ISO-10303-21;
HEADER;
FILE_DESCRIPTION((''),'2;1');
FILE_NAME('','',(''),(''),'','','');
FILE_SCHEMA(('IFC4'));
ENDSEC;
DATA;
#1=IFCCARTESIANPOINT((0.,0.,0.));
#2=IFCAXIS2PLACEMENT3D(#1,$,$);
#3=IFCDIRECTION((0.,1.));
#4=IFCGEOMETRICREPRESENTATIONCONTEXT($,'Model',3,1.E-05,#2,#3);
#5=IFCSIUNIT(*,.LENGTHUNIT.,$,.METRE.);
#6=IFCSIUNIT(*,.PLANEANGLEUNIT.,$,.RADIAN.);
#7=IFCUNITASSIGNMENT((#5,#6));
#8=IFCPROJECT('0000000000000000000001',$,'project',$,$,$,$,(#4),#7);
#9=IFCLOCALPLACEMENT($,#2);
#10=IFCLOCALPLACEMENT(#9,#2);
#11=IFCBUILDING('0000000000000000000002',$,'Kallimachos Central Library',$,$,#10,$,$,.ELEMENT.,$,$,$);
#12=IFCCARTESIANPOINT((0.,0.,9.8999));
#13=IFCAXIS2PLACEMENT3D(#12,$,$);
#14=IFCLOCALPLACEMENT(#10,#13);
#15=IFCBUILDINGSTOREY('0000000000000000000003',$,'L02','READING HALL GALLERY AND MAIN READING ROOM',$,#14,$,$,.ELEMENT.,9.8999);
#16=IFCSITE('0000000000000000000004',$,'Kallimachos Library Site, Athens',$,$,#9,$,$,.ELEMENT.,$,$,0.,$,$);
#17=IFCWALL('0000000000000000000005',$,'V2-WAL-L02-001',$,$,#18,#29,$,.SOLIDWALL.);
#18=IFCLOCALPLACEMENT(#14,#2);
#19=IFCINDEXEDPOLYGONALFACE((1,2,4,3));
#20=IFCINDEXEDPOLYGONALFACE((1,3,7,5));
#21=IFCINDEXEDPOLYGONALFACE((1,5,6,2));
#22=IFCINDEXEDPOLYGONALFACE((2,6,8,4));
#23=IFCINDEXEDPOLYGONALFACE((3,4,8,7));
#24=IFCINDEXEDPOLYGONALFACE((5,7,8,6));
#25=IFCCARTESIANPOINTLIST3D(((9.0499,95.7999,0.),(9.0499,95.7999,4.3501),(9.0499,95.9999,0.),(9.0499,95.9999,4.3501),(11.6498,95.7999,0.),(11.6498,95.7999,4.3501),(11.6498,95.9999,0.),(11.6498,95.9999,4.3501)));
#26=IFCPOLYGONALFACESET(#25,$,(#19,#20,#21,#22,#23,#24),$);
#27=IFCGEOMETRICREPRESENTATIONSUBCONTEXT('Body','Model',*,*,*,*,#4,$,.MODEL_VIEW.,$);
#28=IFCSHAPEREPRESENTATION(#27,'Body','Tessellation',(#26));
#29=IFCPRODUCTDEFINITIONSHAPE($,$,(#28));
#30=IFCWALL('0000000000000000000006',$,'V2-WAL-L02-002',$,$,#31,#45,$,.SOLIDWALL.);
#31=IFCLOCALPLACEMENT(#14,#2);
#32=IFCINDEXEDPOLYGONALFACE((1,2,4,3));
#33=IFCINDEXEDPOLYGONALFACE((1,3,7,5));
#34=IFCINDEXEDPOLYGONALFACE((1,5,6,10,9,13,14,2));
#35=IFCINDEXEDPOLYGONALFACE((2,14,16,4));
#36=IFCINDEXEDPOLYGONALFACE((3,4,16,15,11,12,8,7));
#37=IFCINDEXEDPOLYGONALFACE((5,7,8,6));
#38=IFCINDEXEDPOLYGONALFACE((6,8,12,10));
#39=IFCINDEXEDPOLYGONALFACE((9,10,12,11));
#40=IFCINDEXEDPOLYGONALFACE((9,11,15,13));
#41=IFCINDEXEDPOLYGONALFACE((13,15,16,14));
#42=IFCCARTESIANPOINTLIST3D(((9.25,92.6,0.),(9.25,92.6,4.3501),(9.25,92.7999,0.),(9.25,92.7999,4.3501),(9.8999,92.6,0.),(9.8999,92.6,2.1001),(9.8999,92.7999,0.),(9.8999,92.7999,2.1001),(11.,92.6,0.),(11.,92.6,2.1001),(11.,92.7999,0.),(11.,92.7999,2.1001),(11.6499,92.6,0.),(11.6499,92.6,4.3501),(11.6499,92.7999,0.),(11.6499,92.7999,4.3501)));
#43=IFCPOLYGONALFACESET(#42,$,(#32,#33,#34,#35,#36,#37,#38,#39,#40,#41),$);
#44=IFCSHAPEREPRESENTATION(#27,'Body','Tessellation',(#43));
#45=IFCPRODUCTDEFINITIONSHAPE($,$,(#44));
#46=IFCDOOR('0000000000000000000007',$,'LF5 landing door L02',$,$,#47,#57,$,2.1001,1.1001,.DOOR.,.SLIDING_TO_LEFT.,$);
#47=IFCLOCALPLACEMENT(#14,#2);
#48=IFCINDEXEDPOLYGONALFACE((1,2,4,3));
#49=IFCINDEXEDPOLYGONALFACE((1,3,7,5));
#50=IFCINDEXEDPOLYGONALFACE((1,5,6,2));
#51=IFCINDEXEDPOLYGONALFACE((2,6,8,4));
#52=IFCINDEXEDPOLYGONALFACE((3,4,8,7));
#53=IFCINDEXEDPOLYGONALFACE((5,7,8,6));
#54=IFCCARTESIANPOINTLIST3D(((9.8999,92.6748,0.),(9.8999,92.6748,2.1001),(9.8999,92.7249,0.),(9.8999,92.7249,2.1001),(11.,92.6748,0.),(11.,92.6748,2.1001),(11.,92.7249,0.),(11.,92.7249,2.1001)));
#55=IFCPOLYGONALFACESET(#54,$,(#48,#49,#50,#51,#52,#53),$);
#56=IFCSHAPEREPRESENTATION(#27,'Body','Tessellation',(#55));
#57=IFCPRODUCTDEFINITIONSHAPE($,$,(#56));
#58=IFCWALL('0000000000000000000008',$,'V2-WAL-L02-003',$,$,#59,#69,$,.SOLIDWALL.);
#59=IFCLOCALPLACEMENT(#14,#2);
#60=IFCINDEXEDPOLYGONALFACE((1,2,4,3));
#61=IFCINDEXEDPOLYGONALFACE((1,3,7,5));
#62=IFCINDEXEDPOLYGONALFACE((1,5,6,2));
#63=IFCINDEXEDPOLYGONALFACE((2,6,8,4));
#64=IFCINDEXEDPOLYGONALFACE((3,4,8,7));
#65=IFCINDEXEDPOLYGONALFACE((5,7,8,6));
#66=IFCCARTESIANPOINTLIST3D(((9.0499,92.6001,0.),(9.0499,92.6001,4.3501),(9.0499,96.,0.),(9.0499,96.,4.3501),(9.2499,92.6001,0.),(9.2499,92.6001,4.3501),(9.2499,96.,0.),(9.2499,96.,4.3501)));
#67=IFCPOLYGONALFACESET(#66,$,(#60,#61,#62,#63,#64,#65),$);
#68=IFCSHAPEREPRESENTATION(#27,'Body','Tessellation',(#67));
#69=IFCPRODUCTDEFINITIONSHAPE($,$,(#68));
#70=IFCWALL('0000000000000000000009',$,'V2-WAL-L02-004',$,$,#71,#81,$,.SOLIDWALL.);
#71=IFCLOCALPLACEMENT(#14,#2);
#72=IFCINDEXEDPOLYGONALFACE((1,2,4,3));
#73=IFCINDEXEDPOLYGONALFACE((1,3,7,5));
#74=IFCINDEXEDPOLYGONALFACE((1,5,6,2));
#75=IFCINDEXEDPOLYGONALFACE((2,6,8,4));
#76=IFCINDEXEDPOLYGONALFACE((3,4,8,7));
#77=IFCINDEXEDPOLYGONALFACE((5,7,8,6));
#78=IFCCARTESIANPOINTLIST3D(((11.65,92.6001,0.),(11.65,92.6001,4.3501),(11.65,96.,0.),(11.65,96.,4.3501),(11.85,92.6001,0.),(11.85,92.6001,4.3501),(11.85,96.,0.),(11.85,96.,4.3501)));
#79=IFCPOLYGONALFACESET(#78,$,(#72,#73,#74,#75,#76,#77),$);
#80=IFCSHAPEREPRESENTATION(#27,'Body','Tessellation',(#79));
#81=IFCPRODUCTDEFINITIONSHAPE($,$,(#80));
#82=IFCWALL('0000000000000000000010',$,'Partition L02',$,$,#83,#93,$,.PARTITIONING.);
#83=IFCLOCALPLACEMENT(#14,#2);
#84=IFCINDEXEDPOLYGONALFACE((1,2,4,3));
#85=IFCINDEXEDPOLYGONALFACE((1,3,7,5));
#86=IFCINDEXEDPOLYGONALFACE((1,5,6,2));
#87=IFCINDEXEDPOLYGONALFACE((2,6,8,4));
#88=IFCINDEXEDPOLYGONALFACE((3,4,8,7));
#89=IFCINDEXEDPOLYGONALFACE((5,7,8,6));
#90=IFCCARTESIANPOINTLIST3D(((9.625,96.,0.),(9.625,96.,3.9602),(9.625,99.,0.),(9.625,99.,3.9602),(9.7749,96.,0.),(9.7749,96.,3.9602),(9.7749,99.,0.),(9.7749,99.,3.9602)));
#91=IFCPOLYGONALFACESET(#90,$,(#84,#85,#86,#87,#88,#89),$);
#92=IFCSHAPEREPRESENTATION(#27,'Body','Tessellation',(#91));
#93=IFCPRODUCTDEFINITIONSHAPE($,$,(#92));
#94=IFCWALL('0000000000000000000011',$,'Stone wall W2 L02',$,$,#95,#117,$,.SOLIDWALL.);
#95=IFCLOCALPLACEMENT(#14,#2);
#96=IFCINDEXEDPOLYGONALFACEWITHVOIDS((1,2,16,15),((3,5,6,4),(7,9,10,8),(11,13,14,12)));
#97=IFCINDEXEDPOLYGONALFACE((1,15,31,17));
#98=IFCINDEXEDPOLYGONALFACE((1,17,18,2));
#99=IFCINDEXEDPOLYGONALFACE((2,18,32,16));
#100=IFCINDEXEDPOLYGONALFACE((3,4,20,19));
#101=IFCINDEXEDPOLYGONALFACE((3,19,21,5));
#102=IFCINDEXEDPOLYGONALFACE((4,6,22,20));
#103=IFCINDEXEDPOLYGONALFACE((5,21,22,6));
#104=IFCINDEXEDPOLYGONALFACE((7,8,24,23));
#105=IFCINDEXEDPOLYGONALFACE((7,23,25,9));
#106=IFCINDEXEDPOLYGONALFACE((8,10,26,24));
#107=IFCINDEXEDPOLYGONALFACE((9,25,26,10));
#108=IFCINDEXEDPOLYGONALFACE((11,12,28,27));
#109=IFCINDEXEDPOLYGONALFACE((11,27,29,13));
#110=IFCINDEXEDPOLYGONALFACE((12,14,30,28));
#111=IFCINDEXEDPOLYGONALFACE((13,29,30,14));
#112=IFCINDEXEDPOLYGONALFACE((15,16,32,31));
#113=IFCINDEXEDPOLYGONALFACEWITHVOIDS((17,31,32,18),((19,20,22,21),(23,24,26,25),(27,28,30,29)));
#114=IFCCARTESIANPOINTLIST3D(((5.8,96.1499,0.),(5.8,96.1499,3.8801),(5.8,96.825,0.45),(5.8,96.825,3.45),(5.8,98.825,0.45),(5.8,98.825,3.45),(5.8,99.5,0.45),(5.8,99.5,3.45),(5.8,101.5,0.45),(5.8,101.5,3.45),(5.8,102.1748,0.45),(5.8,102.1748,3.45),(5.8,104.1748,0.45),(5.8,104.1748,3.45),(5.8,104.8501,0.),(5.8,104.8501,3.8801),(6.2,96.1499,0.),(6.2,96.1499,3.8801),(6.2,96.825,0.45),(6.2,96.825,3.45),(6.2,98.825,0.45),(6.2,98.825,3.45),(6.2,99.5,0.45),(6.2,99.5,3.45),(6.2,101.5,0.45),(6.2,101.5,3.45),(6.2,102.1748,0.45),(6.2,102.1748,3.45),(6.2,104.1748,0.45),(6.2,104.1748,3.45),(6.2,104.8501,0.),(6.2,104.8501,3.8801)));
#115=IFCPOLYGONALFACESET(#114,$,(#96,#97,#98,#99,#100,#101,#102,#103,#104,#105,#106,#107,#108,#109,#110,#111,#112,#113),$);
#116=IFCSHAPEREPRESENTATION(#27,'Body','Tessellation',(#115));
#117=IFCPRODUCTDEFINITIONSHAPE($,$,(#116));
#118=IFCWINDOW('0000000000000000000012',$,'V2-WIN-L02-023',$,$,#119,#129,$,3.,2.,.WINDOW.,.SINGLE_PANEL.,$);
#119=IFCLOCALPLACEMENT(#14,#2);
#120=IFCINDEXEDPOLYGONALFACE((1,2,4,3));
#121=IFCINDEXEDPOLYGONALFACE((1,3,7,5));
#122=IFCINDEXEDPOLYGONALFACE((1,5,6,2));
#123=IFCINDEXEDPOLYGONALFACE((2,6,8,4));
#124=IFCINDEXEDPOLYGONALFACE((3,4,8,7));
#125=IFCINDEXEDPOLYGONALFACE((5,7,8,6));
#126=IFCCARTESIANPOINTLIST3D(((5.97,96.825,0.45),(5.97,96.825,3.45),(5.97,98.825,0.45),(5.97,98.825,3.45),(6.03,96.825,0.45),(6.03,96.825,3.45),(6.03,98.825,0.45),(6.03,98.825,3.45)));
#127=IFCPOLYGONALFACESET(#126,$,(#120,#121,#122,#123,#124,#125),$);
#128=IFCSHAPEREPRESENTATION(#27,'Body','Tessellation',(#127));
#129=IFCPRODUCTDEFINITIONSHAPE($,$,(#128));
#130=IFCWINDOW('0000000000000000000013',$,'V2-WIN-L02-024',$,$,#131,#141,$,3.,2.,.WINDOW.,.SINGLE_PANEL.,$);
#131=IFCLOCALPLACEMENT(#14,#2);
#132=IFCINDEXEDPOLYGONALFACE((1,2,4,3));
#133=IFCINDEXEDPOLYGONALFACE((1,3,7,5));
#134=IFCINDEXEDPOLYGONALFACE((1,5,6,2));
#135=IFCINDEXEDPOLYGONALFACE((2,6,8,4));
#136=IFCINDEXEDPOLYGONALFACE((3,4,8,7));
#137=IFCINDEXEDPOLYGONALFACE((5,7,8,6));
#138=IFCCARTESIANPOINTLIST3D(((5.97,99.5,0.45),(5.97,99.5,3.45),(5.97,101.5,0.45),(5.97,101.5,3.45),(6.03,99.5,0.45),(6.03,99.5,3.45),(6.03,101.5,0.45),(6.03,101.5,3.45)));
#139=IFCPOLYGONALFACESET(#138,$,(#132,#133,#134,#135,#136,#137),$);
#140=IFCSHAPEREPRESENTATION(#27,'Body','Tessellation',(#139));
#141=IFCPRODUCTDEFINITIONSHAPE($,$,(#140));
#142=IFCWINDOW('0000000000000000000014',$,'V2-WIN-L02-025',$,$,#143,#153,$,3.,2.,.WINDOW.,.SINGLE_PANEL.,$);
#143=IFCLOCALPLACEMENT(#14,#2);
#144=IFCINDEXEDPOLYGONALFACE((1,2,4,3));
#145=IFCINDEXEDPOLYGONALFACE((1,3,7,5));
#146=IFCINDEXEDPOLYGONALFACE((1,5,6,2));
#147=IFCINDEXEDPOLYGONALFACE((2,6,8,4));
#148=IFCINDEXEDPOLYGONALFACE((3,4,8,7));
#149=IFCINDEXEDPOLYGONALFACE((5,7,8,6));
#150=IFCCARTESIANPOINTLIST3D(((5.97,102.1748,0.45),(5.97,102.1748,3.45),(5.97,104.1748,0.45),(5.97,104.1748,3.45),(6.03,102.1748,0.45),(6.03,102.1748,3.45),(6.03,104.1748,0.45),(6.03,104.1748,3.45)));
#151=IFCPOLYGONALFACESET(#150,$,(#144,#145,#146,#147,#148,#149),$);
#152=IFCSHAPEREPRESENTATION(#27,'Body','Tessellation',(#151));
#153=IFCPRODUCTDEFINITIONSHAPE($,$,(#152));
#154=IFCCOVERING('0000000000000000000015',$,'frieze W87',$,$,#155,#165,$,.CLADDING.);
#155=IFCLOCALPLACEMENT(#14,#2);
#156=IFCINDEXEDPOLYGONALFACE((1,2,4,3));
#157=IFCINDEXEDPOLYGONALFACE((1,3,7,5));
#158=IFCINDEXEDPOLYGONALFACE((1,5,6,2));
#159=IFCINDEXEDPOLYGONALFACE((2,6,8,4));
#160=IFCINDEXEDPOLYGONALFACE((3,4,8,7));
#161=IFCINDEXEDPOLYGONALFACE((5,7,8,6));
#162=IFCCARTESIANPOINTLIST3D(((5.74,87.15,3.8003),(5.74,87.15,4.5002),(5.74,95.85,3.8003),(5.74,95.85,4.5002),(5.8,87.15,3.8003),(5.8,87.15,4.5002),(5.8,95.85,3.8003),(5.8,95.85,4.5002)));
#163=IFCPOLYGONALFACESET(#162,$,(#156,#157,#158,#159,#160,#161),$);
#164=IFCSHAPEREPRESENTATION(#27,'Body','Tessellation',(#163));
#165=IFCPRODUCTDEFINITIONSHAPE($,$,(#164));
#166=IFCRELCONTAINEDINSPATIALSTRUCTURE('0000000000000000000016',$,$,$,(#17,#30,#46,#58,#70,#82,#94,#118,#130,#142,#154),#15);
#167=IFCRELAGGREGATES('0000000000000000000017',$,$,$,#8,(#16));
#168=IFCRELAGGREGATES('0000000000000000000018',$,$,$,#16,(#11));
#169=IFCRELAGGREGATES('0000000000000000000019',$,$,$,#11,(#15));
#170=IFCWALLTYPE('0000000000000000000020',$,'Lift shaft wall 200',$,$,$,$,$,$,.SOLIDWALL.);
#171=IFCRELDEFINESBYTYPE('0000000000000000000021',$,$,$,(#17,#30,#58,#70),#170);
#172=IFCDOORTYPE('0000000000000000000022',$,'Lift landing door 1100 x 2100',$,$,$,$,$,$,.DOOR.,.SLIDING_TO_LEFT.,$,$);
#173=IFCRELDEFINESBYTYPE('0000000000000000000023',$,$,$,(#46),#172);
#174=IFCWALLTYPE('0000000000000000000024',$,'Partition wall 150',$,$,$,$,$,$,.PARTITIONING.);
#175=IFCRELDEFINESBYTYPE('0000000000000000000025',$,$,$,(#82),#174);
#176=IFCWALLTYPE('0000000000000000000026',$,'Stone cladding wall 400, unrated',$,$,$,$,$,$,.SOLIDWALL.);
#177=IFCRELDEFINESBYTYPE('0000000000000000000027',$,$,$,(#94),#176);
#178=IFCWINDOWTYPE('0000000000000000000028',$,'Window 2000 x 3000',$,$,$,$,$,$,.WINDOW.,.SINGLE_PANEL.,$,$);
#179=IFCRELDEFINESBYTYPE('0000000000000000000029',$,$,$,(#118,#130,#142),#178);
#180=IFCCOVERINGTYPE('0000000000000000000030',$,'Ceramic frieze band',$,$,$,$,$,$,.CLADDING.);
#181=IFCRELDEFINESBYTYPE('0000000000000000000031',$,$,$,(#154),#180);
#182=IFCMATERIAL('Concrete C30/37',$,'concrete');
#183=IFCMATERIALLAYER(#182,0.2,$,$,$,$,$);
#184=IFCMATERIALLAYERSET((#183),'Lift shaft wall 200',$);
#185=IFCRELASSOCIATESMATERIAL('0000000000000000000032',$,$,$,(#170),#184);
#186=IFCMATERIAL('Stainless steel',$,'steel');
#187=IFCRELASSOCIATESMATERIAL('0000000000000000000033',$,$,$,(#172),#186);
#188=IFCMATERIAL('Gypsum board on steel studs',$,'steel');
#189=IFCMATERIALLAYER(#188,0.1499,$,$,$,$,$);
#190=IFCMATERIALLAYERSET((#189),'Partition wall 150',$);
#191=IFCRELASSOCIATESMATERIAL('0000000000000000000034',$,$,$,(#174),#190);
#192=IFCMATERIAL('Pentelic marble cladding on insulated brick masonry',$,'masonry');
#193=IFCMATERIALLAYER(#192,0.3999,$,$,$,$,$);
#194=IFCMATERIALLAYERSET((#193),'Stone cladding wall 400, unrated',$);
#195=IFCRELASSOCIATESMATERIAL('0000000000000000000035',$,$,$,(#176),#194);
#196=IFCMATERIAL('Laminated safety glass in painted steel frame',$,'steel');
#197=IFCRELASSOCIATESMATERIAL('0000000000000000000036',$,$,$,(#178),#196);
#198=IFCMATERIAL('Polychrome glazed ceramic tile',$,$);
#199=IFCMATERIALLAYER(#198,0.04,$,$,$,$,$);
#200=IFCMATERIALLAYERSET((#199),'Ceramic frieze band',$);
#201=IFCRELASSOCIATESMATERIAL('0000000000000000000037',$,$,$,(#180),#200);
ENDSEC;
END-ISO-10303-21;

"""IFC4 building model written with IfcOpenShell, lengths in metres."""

from ifc_helpers import new_model, si_unit, direction, frame, frame_2d, origin, origin_2d, place, context, subcontext, project, spatial, rectangle, extrude, material, layer, layer_set, type_object, element, fill, save


model = new_model("IFC4")

# Units and contexts
model_context = context("Model", 3, precision=1e-05, world=origin(), true_north=direction((0.0, 1.0)))
body_context = subcontext(model_context, "Body", "Model", "MODEL_VIEW")
ifc_project = project(units=[si_unit("LENGTHUNIT", "METRE"), si_unit("PLANEANGLEUNIT", "RADIAN")], contexts=[model_context])

# Site, building, storey
site_placement = place(None, origin())
site = spatial("IfcSite", under=ifc_project, at=site_placement, Name="Kallimachos Library Site, Athens", CompositionType="ELEMENT", RefElevation=0.0)
building_placement = place(site_placement, origin())
building = spatial("IfcBuilding", under=site, at=building_placement, Name="Kallimachos Central Library", CompositionType="ELEMENT")
storey_placement = place(building_placement, frame((0.0, 0.0, 9.8999)))
storey = spatial("IfcBuildingStorey", under=building, at=storey_placement, Name="L02", Description="READING HALL GALLERY AND MAIN READING ROOM", CompositionType="ELEMENT", Elevation=9.8999)

# Wall
ifc_material_1 = material(Name="Concrete C30/37", Category="concrete")
ifc_layer_1 = layer(ifc_material_1, 0.2)
ifc_layer_set_1 = layer_set([ifc_layer_1], Name="Lift shaft wall 200")
wall_type_1 = type_object("IfcWallType", Name="Lift shaft wall 200", PredefinedType="SOLIDWALL", material=ifc_layer_set_1)
wall_1_placement = place(storey_placement, frame((9.05, 95.8999, 0.0), z_axis=(0.0, 0.0, 1.0), x_axis=(1.0, 0.0, 0.0)))
element("IfcWall", 1, at=wall_1_placement, inside=storey, type_object=wall_type_1, Name="V2-WAL-L02-001", PredefinedType="SOLIDWALL", context=body_context, shape_type="SweptSolid", body=[
    extrude(rectangle(XDim=2.5999, YDim=0.2, at=frame_2d((1.2998, 0.0))), origin(), (0.0, 0.0, 1.0), 4.3501),
])

# Wall, opening, door
wall_2_placement = place(storey_placement, frame((9.25, 92.7, 0.0), z_axis=(0.0, 0.0, 1.0), x_axis=(1.0, 0.0, 0.0)))
wall_2 = element("IfcWall", 2, at=wall_2_placement, inside=storey, type_object=wall_type_1, Name="V2-WAL-L02-002", PredefinedType="SOLIDWALL", context=body_context, shape_type="SweptSolid", body=[
    extrude(rectangle(XDim=2.3999, YDim=0.2, at=frame_2d((1.2, 0.0))), origin(), (0.0, 0.0, 1.0), 4.3501),
])
opening_1_placement = place(wall_2_placement, frame((0.6499, 0.0, 0.0)))
opening_1 = element("IfcOpeningElement", 3, at=opening_1_placement, cuts=wall_2, PredefinedType="OPENING", context=body_context, shape_type="SweptSolid", body=[
    extrude(rectangle(XDim=1.1001, YDim=2.1001, at=frame_2d((0.55, 1.05))), frame((0.0, 0.1099, 0.0), z_axis=(0.0, -1.0, 0.0), x_axis=(1.0, 0.0, 0.0)), (0.0, 0.0, 1.0), 0.22),
])
ifc_material_2 = material(Name="Stainless steel", Category="steel")
door_type_1 = type_object("IfcDoorType", Name="Lift landing door 1100 x 2100", OperationType="SLIDING_TO_LEFT", PredefinedType="DOOR", material=ifc_material_2)
door_1_placement = place(opening_1_placement, origin())
door_1 = element("IfcDoor", 4, at=door_1_placement, inside=storey, type_object=door_type_1, Name="LF5 landing door L02", OperationType="SLIDING_TO_LEFT", OverallHeight=2.1001, OverallWidth=1.1001, PredefinedType="DOOR", context=body_context, shape_type="SweptSolid", body=[
    extrude(rectangle(XDim=1.1001, YDim=2.1001, at=frame_2d((0.55, 1.05))), frame((0.0, 0.0249, 0.0), z_axis=(0.0, -1.0, 0.0), x_axis=(1.0, 0.0, 0.0)), (0.0, 0.0, 1.0), 0.05),
])
fill(opening_1, door_1)

# Walls
for number, where, z_axis, x_axis, name in (
    (5, (9.1499, 92.6001, 0.0), (0.0, 0.0, 1.0), (0.0, 1.0, 0.0), "V2-WAL-L02-003"),
    (6, (11.75, 92.6001, 0.0), (0.0, 0.0, 1.0), (0.0, 1.0, 0.0), "V2-WAL-L02-004"),
):
    element("IfcWall", number, at=place(storey_placement, frame(where, z_axis=z_axis, x_axis=x_axis)), inside=storey, type_object=wall_type_1, Name=name, PredefinedType="SOLIDWALL", context=body_context, shape_type="SweptSolid", body=[
        extrude(rectangle(XDim=3.3999, YDim=0.2, at=frame_2d((1.7, 0.0))), origin(), (0.0, 0.0, 1.0), 4.3501),
    ])
ifc_material_3 = material(Name="Gypsum board on steel studs", Category="steel")
ifc_layer_2 = layer(ifc_material_3, 0.1499)
ifc_layer_set_2 = layer_set([ifc_layer_2], Name="Partition wall 150")
wall_type_2 = type_object("IfcWallType", Name="Partition wall 150", PredefinedType="PARTITIONING", material=ifc_layer_set_2)
wall_3_placement = place(storey_placement, frame((9.7, 96.0, 0.0), z_axis=(0.0, 0.0, 1.0), x_axis=(0.0, 1.0, 0.0)))
element("IfcWall", 7, at=wall_3_placement, inside=storey, type_object=wall_type_2, Name="Partition L02", PredefinedType="PARTITIONING", context=body_context, shape_type="SweptSolid", body=[
    extrude(rectangle(XDim=3.0, YDim=0.1499, at=frame_2d((1.5, 0.0))), origin(), (0.0, 0.0, 1.0), 3.9602),
])

# Wall, openings, windows
ifc_material_4 = material(Name="Pentelic marble cladding on insulated brick masonry", Category="masonry")
ifc_layer_3 = layer(ifc_material_4, 0.3999)
ifc_layer_set_3 = layer_set([ifc_layer_3], Name="Stone cladding wall 400, unrated")
wall_type_3 = type_object("IfcWallType", Name="Stone cladding wall 400, unrated", PredefinedType="SOLIDWALL", material=ifc_layer_set_3)
wall_4_placement = place(storey_placement, frame((6.0, 96.1499, 0.0), z_axis=(0.0, 0.0, 1.0), x_axis=(0.0, 1.0, 0.0)))
wall_4 = element("IfcWall", 8, at=wall_4_placement, inside=storey, type_object=wall_type_3, Name="Stone wall W2 L02", PredefinedType="SOLIDWALL", context=body_context, shape_type="SweptSolid", body=[
    extrude(rectangle(XDim=8.7002, YDim=0.3999, at=frame_2d((4.3501, 0.0))), origin(), (0.0, 0.0, 1.0), 3.8801),
])
opening_2_placement = place(wall_4_placement, frame((0.675, 0.0, 0.45)))
opening_2 = element("IfcOpeningElement", 9, at=opening_2_placement, cuts=wall_4, PredefinedType="OPENING", context=body_context, shape_type="SweptSolid", body=[
    extrude(rectangle(XDim=2.0, YDim=3.0, at=frame_2d((1.0, 1.5))), frame((0.0, 0.21, 0.0), z_axis=(0.0, -1.0, 0.0), x_axis=(1.0, 0.0, 0.0)), (0.0, 0.0, 1.0), 0.4199),
])
opening_3_placement = place(wall_4_placement, frame((3.3501, 0.0, 0.45)))
opening_3 = element("IfcOpeningElement", 10, at=opening_3_placement, cuts=wall_4, PredefinedType="OPENING", context=body_context, shape_type="SweptSolid", body=[
    extrude(rectangle(XDim=2.0, YDim=3.0, at=frame_2d((1.0, 1.5))), frame((0.0, 0.21, 0.0), z_axis=(0.0, -1.0, 0.0), x_axis=(1.0, 0.0, 0.0)), (0.0, 0.0, 1.0), 0.4199),
])
opening_4_placement = place(wall_4_placement, frame((6.0249, 0.0, 0.45)))
opening_4 = element("IfcOpeningElement", 11, at=opening_4_placement, cuts=wall_4, PredefinedType="OPENING", context=body_context, shape_type="SweptSolid", body=[
    extrude(rectangle(XDim=2.0, YDim=3.0, at=frame_2d((1.0, 1.5))), frame((0.0, 0.21, 0.0), z_axis=(0.0, -1.0, 0.0), x_axis=(1.0, 0.0, 0.0)), (0.0, 0.0, 1.0), 0.4199),
])
ifc_material_5 = material(Name="Laminated safety glass in painted steel frame", Category="steel")
window_type = type_object("IfcWindowType", Name="Window 2000 x 3000", PartitioningType="SINGLE_PANEL", PredefinedType="WINDOW", material=ifc_material_5)
window_1_placement = place(opening_2_placement, origin())
window_1 = element("IfcWindow", 12, at=window_1_placement, inside=storey, type_object=window_type, Name="V2-WIN-L02-023", OverallHeight=3.0, OverallWidth=2.0, PartitioningType="SINGLE_PANEL", PredefinedType="WINDOW", context=body_context, shape_type="SweptSolid", body=[
    extrude(rectangle(XDim=2.0, YDim=3.0, at=frame_2d((1.0, 1.5))), frame((0.0, 0.03, 0.0), z_axis=(0.0, -1.0, 0.0), x_axis=(1.0, 0.0, 0.0)), (0.0, 0.0, 1.0), 0.0601),
])
fill(opening_2, window_1)
window_2_placement = place(opening_3_placement, origin())
window_2 = element("IfcWindow", 13, at=window_2_placement, inside=storey, type_object=window_type, Name="V2-WIN-L02-024", OverallHeight=3.0, OverallWidth=2.0, PartitioningType="SINGLE_PANEL", PredefinedType="WINDOW", context=body_context, shape_type="SweptSolid", body=[
    extrude(rectangle(XDim=2.0, YDim=3.0, at=frame_2d((1.0, 1.5))), frame((0.0, 0.03, 0.0), z_axis=(0.0, -1.0, 0.0), x_axis=(1.0, 0.0, 0.0)), (0.0, 0.0, 1.0), 0.0601),
])
fill(opening_3, window_2)
window_3_placement = place(opening_4_placement, origin())
window_3 = element("IfcWindow", 14, at=window_3_placement, inside=storey, type_object=window_type, Name="V2-WIN-L02-025", OverallHeight=3.0, OverallWidth=2.0, PartitioningType="SINGLE_PANEL", PredefinedType="WINDOW", context=body_context, shape_type="SweptSolid", body=[
    extrude(rectangle(XDim=2.0, YDim=3.0, at=frame_2d((1.0, 1.5))), frame((0.0, 0.03, 0.0), z_axis=(0.0, -1.0, 0.0), x_axis=(1.0, 0.0, 0.0)), (0.0, 0.0, 1.0), 0.0601),
])
fill(opening_4, window_3)

# Covering
ifc_material_6 = material(Name="Polychrome glazed ceramic tile")
ifc_layer_4 = layer(ifc_material_6, 0.04)
ifc_layer_set_4 = layer_set([ifc_layer_4], Name="Ceramic frieze band")
covering_type_1 = type_object("IfcCoveringType", Name="Ceramic frieze band", PredefinedType="CLADDING", material=ifc_layer_set_4)
covering_1_placement = place(storey_placement, frame((5.77, 91.5, 3.8003), z_axis=(0.0, 0.0, 1.0), x_axis=(1.0, 0.0, 0.0)))
element("IfcCovering", 15, at=covering_1_placement, inside=storey, type_object=covering_type_1, Name="frieze W87", PredefinedType="CLADDING", context=body_context, shape_type="SweptSolid", body=[
    extrude(rectangle(XDim=0.0601, YDim=8.7, at=origin_2d()), origin(), (0.0, 0.0, 1.0), 0.7),
])

save(model, "model.ifc")
